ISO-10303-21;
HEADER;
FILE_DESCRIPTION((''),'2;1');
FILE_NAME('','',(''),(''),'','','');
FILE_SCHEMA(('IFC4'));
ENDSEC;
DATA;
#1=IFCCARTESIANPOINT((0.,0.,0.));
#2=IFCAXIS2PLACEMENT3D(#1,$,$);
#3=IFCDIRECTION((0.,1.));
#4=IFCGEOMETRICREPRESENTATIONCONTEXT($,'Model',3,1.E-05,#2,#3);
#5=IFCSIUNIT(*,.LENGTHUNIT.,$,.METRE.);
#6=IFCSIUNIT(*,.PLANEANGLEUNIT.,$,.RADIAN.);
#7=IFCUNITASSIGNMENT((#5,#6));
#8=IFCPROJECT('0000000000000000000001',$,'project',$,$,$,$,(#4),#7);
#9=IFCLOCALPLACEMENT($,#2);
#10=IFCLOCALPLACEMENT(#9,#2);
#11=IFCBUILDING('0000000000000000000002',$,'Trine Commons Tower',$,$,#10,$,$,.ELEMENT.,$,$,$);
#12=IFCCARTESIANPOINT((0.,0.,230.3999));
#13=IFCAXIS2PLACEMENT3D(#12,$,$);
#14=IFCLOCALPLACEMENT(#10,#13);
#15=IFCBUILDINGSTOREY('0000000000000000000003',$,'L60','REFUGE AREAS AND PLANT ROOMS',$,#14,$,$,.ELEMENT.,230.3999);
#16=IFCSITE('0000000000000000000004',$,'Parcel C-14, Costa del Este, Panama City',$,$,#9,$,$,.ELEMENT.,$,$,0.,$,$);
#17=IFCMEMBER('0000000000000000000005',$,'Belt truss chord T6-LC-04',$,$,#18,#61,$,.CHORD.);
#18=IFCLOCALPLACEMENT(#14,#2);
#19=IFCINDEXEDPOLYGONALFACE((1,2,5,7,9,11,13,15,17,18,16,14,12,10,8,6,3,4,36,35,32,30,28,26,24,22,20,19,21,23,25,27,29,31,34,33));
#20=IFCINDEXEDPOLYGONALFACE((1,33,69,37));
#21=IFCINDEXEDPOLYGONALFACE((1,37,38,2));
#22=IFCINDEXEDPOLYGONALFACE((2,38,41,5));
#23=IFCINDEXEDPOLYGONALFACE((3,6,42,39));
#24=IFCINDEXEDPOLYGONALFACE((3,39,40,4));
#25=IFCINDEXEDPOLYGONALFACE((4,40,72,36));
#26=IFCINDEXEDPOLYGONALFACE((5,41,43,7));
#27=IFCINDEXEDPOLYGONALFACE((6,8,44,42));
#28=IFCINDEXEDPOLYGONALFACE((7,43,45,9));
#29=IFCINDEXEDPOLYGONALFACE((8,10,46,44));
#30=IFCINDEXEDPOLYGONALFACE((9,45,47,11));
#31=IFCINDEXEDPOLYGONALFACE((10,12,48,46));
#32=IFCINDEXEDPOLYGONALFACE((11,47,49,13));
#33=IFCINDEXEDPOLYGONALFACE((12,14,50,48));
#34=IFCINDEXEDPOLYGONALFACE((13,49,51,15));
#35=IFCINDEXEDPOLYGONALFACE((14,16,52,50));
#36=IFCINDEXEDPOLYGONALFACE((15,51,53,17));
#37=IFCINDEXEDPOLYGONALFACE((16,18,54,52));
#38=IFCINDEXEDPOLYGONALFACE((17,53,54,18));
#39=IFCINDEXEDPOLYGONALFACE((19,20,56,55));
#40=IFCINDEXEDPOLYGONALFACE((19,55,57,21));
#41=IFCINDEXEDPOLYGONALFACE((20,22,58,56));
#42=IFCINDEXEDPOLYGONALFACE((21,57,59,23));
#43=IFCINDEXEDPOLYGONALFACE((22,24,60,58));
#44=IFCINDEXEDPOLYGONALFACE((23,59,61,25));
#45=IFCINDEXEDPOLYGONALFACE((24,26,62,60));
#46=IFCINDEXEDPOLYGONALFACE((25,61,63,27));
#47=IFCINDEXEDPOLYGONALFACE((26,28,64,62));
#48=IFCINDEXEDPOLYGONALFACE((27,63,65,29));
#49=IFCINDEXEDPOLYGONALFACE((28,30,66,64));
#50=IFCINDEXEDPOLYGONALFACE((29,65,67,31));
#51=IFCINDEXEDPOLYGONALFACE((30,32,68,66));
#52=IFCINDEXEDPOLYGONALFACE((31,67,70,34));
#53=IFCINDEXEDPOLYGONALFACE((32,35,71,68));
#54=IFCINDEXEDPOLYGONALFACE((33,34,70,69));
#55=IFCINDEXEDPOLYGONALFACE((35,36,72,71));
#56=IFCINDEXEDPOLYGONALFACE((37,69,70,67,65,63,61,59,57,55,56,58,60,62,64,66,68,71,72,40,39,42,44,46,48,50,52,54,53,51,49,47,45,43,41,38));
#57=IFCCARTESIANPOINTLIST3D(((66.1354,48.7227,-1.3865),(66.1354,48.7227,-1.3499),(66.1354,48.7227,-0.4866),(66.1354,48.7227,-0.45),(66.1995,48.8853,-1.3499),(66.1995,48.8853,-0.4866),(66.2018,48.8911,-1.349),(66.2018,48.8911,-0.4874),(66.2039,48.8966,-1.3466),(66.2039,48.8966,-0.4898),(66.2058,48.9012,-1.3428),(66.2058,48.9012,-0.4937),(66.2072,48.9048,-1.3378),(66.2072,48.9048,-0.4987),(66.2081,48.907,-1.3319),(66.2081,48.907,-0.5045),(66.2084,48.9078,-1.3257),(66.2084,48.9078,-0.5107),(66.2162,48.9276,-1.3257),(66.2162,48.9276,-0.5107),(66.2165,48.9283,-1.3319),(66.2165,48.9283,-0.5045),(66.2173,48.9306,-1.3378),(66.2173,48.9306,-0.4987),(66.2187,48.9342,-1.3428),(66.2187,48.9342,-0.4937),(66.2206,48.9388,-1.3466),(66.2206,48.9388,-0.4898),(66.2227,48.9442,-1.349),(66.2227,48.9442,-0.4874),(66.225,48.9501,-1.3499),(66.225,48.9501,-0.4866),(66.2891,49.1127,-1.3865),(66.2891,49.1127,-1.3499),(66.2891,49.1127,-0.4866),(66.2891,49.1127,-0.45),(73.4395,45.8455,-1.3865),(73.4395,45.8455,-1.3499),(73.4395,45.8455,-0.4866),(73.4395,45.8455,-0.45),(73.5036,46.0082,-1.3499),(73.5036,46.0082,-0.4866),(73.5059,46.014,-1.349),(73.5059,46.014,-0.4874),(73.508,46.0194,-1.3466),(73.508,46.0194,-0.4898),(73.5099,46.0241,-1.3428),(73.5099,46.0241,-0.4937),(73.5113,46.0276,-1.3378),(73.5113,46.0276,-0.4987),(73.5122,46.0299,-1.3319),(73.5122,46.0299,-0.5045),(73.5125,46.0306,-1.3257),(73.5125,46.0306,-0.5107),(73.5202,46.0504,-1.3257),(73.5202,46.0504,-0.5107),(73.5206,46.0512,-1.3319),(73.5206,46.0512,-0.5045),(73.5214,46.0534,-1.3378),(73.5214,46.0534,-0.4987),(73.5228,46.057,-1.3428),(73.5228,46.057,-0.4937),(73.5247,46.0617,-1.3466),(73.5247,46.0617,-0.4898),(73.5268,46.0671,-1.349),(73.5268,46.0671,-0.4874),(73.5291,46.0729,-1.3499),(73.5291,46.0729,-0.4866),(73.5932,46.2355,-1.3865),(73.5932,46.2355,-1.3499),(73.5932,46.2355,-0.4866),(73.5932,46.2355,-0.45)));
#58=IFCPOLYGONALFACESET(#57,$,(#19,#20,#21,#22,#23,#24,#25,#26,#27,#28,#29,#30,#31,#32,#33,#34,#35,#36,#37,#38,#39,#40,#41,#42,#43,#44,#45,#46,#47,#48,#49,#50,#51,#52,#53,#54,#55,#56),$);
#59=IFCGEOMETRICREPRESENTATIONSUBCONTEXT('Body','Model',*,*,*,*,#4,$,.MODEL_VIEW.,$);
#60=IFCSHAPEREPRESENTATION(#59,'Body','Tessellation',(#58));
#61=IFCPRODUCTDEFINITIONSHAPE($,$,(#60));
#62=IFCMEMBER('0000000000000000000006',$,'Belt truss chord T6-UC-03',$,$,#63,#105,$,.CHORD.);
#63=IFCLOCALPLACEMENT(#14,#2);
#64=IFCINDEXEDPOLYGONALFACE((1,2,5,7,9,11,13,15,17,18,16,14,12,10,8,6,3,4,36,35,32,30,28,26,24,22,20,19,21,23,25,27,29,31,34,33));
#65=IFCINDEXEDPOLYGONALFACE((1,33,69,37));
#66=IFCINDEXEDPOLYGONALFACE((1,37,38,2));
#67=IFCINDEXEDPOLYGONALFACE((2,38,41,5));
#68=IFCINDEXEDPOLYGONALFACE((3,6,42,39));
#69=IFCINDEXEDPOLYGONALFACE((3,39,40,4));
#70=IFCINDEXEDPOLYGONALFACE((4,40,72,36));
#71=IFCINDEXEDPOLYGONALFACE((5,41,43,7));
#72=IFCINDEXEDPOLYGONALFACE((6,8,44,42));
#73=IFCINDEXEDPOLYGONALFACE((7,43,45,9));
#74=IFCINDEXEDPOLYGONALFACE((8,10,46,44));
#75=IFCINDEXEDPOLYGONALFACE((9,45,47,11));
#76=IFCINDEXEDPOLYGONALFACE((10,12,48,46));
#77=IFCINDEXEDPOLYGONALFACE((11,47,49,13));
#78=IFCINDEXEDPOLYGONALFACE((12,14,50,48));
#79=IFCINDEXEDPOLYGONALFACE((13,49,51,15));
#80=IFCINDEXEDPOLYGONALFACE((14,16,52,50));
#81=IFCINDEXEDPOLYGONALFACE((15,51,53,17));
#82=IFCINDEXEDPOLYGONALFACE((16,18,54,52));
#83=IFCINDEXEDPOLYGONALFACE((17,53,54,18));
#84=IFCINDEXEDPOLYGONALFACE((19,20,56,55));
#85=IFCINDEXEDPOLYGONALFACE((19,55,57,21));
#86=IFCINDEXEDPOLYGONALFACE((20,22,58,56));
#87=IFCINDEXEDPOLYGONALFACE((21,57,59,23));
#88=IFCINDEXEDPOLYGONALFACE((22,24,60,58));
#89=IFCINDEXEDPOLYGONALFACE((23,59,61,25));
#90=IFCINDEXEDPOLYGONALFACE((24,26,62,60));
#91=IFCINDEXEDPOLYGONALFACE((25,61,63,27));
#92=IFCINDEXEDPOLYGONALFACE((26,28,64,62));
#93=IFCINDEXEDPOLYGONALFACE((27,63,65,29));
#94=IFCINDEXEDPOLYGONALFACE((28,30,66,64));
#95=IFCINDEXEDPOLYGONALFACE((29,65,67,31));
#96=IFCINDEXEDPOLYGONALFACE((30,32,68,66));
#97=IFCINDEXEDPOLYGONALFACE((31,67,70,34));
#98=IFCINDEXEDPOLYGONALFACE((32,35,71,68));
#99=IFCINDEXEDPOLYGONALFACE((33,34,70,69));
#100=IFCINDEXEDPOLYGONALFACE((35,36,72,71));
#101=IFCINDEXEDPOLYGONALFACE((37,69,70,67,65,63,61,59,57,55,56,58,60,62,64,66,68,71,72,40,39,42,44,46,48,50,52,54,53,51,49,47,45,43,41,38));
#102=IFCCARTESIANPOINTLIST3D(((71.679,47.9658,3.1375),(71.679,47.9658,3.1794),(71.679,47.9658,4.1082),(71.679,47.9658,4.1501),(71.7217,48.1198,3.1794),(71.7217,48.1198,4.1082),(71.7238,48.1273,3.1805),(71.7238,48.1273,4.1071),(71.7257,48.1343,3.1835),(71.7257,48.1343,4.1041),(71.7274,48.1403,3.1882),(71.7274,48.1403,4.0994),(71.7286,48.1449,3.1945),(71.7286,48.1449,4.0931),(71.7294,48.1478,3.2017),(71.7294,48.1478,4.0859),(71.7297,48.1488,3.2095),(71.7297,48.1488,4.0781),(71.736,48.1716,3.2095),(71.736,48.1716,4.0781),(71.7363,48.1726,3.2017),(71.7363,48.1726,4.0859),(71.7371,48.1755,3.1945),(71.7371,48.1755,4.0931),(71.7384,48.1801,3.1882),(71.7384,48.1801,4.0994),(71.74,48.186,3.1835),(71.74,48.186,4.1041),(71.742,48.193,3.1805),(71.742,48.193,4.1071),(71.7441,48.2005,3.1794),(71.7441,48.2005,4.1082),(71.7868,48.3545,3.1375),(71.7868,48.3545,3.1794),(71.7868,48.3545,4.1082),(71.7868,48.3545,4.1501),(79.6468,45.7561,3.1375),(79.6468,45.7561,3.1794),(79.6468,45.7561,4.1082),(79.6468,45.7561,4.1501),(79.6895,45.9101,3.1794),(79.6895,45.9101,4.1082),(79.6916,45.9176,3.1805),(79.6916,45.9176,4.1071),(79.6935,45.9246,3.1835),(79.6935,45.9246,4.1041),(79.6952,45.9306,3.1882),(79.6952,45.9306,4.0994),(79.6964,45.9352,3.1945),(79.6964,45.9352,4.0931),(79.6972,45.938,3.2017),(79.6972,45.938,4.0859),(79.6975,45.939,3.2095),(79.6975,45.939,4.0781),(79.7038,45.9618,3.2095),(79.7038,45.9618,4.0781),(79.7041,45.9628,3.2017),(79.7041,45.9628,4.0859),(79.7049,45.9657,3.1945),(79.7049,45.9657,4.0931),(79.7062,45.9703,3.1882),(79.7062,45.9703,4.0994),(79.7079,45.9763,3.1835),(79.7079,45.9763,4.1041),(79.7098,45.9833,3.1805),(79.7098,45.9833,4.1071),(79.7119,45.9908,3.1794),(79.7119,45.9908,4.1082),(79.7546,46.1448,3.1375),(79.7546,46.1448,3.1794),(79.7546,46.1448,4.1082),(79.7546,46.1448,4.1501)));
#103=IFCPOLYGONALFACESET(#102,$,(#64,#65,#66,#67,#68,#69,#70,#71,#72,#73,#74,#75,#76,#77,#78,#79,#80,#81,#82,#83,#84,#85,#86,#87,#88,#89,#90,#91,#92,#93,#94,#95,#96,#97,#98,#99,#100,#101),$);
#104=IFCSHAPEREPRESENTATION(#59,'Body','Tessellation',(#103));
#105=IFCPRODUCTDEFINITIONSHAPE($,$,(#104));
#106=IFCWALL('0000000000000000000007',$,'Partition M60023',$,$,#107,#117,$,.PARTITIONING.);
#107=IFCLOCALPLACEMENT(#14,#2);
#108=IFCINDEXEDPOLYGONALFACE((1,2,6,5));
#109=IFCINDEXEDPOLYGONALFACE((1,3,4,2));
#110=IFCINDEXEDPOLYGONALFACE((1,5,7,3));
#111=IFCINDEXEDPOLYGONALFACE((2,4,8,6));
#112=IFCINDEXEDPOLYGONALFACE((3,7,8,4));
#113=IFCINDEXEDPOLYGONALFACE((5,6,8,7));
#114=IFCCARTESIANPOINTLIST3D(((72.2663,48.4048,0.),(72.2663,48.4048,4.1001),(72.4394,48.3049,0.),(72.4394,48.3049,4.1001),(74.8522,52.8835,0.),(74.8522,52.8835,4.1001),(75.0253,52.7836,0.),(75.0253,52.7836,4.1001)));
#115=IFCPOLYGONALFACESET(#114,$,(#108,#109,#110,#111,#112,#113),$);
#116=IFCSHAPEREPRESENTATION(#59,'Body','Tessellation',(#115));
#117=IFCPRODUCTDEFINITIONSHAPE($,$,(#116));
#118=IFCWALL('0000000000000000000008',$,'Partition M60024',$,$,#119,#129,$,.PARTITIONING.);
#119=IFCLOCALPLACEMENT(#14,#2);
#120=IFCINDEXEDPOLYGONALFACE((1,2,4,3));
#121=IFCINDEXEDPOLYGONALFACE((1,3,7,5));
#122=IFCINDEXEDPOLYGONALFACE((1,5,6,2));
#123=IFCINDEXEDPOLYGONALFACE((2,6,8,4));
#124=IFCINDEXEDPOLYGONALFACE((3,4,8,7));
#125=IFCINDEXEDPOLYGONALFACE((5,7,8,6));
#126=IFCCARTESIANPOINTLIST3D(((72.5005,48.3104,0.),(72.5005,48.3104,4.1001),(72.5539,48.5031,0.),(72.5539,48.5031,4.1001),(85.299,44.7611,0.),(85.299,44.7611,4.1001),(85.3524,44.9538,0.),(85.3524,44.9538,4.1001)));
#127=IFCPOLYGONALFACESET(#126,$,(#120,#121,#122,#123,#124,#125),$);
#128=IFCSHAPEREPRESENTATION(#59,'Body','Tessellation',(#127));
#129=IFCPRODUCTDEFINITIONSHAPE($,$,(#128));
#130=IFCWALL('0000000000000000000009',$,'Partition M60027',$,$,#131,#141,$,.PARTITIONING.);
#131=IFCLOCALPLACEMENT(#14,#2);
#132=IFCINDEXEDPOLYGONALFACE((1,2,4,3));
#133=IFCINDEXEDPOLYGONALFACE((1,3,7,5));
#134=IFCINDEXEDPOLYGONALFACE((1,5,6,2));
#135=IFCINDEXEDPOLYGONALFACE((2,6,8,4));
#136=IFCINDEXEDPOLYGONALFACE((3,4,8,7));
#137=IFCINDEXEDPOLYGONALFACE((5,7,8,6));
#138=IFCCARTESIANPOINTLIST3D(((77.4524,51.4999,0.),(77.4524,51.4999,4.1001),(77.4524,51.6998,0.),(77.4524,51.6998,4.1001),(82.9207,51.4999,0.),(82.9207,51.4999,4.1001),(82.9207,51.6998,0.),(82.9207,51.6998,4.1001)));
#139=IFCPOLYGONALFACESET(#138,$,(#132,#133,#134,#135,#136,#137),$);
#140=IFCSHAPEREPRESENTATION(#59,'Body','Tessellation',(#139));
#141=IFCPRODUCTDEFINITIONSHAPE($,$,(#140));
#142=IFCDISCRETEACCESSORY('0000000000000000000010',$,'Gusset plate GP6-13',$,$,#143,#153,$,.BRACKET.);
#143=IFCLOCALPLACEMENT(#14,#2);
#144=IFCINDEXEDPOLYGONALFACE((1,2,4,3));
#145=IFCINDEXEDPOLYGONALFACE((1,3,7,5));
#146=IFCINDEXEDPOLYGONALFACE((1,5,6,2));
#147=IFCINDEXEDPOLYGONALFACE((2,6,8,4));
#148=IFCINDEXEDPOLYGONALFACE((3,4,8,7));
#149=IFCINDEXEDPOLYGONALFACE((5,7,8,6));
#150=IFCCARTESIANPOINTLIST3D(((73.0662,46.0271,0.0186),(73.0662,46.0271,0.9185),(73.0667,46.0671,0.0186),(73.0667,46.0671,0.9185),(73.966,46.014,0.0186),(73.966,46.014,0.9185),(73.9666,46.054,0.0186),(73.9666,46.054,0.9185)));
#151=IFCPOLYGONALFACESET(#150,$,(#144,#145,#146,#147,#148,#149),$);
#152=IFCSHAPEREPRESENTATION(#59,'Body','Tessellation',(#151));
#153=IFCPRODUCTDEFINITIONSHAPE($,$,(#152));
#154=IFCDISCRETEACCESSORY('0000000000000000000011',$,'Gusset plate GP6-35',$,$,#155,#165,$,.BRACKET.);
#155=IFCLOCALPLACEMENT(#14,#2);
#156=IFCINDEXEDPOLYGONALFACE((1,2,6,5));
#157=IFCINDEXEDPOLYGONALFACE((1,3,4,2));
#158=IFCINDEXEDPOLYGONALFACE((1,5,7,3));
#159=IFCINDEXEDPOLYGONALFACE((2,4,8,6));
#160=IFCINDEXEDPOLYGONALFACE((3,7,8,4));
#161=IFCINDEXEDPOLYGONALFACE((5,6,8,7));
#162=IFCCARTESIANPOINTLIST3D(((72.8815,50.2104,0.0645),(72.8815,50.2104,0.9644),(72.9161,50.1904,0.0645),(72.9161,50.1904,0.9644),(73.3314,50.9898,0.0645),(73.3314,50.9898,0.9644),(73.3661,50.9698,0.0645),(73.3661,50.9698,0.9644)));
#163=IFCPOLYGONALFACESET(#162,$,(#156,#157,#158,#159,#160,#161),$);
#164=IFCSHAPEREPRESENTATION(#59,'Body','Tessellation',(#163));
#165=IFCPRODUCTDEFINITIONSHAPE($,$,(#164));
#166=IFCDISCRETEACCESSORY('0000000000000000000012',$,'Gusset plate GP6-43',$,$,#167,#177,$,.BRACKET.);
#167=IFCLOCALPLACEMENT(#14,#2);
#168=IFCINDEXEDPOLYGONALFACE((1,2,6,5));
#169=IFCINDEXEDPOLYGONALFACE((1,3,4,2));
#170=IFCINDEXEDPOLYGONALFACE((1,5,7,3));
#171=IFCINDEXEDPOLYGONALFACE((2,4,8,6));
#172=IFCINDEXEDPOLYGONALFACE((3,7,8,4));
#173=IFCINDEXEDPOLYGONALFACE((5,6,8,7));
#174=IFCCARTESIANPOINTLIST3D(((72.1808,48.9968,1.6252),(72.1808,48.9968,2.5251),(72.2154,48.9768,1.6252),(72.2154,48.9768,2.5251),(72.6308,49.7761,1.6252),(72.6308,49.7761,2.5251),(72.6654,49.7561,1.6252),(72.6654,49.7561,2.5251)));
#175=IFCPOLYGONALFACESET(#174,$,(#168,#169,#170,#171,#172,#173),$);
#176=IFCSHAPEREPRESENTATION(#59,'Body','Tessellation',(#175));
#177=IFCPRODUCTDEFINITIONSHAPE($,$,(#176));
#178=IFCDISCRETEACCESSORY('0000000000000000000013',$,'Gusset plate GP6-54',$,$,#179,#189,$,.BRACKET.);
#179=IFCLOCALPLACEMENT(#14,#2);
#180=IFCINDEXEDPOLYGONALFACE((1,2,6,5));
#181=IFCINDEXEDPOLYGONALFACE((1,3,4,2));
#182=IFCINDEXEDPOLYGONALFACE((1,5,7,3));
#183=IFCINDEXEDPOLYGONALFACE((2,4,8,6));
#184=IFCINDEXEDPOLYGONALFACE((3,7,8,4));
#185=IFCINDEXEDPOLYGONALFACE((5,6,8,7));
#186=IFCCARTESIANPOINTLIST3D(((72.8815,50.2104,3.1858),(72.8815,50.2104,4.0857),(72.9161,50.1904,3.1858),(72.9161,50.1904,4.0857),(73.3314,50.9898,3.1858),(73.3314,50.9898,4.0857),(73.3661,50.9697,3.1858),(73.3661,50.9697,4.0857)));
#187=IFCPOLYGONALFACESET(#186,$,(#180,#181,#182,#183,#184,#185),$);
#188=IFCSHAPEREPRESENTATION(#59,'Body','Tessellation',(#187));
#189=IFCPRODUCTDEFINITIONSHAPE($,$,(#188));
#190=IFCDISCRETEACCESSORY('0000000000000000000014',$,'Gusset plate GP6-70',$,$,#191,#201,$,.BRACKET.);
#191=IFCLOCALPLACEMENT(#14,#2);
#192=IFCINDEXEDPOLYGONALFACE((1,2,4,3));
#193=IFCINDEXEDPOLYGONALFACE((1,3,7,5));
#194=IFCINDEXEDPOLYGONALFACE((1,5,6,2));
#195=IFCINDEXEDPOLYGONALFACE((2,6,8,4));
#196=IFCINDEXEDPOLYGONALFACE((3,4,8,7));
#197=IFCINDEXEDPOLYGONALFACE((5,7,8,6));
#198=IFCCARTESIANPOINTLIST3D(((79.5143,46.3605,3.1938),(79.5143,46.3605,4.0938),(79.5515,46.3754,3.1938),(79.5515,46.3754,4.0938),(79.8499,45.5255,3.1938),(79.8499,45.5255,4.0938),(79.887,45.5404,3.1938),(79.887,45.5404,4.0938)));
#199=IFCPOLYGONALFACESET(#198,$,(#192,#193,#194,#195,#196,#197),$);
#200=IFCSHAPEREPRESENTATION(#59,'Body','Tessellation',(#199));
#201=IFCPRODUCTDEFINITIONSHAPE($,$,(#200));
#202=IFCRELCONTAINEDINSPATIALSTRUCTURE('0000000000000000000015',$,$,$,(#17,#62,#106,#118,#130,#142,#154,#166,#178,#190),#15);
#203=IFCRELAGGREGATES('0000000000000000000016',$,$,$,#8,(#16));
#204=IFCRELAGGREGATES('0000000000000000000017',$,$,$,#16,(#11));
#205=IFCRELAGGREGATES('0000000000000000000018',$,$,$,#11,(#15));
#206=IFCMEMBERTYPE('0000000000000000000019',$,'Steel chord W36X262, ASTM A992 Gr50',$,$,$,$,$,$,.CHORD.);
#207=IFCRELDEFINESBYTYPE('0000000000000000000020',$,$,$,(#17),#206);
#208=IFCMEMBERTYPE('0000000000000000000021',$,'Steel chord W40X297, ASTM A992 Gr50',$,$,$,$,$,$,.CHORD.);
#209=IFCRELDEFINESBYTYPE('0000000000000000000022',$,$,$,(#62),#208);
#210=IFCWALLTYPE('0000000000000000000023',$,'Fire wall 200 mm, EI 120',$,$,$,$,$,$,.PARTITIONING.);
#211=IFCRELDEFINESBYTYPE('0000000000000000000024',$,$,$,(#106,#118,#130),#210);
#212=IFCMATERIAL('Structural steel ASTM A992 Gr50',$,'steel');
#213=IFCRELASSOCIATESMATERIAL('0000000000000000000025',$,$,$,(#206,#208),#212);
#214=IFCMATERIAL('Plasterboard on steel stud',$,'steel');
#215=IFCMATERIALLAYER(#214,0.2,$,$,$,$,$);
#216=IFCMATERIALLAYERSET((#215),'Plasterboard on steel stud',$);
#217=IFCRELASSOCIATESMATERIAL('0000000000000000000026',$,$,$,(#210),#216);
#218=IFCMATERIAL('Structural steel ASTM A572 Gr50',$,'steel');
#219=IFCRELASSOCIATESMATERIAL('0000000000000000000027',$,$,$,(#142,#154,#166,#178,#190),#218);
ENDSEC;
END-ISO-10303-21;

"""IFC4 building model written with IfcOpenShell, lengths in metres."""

from ifc_helpers import new_model, si_unit, direction, frame, frame_2d, origin, origin_2d, place, context, subcontext, project, spatial, rectangle, i_section, extrude, material, layer, layer_set, material_profile, profile_set, type_object, element, save


model = new_model("IFC4")

# Units and contexts
model_context = context("Model", 3, precision=1e-05, world=origin(), true_north=direction((0.0, 1.0)))
body_context = subcontext(model_context, "Body", "Model", "MODEL_VIEW")
ifc_project = project(units=[si_unit("LENGTHUNIT", "METRE"), si_unit("PLANEANGLEUNIT", "RADIAN")], contexts=[model_context])

# Site, building, storey
site_placement = place(None, origin())
site = spatial("IfcSite", under=ifc_project, at=site_placement, Name="Parcel C-14, Costa del Este, Panama City", CompositionType="ELEMENT", RefElevation=0.0)
building_placement = place(site_placement, origin())
building = spatial("IfcBuilding", under=site, at=building_placement, Name="Trine Commons Tower", CompositionType="ELEMENT")
storey_placement = place(building_placement, frame((0.0, 0.0, 230.3999)))
storey = spatial("IfcBuildingStorey", under=building, at=storey_placement, Name="L60", Description="REFUGE AREAS AND PLANT ROOMS", CompositionType="ELEMENT", Elevation=230.3999)

# Members
ifc_material_1 = material(Name="Structural steel ASTM A992 Gr50", Category="steel")
ifc_material_profile_1 = material_profile(ifc_material_1, i_section(OverallWidth=0.4192, OverallDepth=0.9365, WebThickness=0.0212, FlangeThickness=0.0366, FilletRadius=0.0242, at=origin_2d()), Name="W36X262")
ifc_profile_set_1 = profile_set([ifc_material_profile_1], Name="Structural steel ASTM A992 Gr50")
member_type_1 = type_object("IfcMemberType", Name="Steel chord W36X262, ASTM A992 Gr50", PredefinedType="CHORD", material=ifc_profile_set_1)
member_1_placement = place(storey_placement, frame((73.5164, 46.0405, -0.9182), z_axis=(-0.930418, 0.366501, 0.0), x_axis=(-0.366501, -0.930418, 0.0)))
element("IfcMember", 1, at=member_1_placement, inside=storey, type_object=member_type_1, Name="Belt truss chord T6-LC-04", PredefinedType="CHORD", context=body_context, shape_type="SweptSolid", body=[
    extrude(i_section(OverallWidth=0.4192, OverallDepth=0.9365, WebThickness=0.0212, FlangeThickness=0.0366, FilletRadius=0.0242, at=origin_2d()), origin(), (0.0, 0.0, 1.0), 7.8503),
])
ifc_material_profile_2 = material_profile(ifc_material_1, i_section(OverallWidth=0.4033, OverallDepth=1.0127, WebThickness=0.0237, FlangeThickness=0.042, FilletRadius=0.03, at=origin_2d()), Name="W40X297")
ifc_profile_set_2 = profile_set([ifc_material_profile_2], Name="Structural steel ASTM A992 Gr50")
member_type_2 = type_object("IfcMemberType", Name="Steel chord W40X297, ASTM A992 Gr50", PredefinedType="CHORD", material=ifc_profile_set_2)
member_2_placement = place(storey_placement, frame((79.7007, 45.9504, 3.6438), z_axis=(-0.963629, 0.267245, 0.0), x_axis=(-0.267245, -0.963629, 0.0)))
element("IfcMember", 2, at=member_2_placement, inside=storey, type_object=member_type_2, Name="Belt truss chord T6-UC-03", PredefinedType="CHORD", context=body_context, shape_type="SweptSolid", body=[
    extrude(i_section(OverallWidth=0.4033, OverallDepth=1.0127, WebThickness=0.0237, FlangeThickness=0.042, FilletRadius=0.03, at=origin_2d()), origin(), (0.0, 0.0, 1.0), 8.2686),
])

# Walls
ifc_material_2 = material(Name="Plasterboard on steel stud", Category="steel")
ifc_layer = layer(ifc_material_2, 0.2)
ifc_layer_set = layer_set([ifc_layer], Name="Plasterboard on steel stud")
wall_type = type_object("IfcWallType", Name="Fire wall 200 mm, EI 120", PredefinedType="PARTITIONING", material=ifc_layer_set)
wall_1_placement = place(storey_placement, frame((72.3528, 48.3547, 0.0), z_axis=(0.0, 0.0, 1.0), x_axis=(0.500018, 0.866015, 0.0)))
element("IfcWall", 3, at=wall_1_placement, inside=storey, type_object=wall_type, Name="Partition M60023", PredefinedType="PARTITIONING", context=body_context, shape_type="SweptSolid", body=[
    extrude(rectangle(XDim=5.1716, YDim=0.2, at=frame_2d((2.5859, 0.0))), origin(), (0.0, 0.0, 1.0), 4.1001),
])
wall_2_placement = place(storey_placement, frame((72.5273, 48.4067, 0.0), z_axis=(0.0, 0.0, 1.0), x_axis=(0.96363, -0.26724, 0.0)))
element("IfcWall", 4, at=wall_2_placement, inside=storey, type_object=wall_type, Name="Partition M60024", PredefinedType="PARTITIONING", context=body_context, shape_type="SweptSolid", body=[
    extrude(rectangle(XDim=13.2815, YDim=0.2, at=frame_2d((6.6406, 0.0))), origin(), (0.0, 0.0, 1.0), 4.1001),
])
wall_3_placement = place(storey_placement, frame((77.4524, 51.5999, 0.0), z_axis=(0.0, 0.0, 1.0), x_axis=(1.0, 0.0, 0.0)))
element("IfcWall", 5, at=wall_3_placement, inside=storey, type_object=wall_type, Name="Partition M60027", PredefinedType="PARTITIONING", context=body_context, shape_type="SweptSolid", body=[
    extrude(rectangle(XDim=5.4683, YDim=0.2, at=frame_2d((2.7341, 0.0))), origin(), (0.0, 0.0, 1.0), 4.1001),
])

# Discrete accessories
ifc_material_3 = material(Name="Structural steel ASTM A572 Gr50", Category="steel")
for number, where, z_axis, x_axis, name in (
    (6, (73.5164, 46.0405, 0.0186), (0.0, 0.0, 1.0), (0.999894, -0.014573, 0.0), "Gusset plate GP6-13"),
    (7, (73.1238, 50.5901, 0.0645), (0.0, 0.0, 1.0), (-0.499985, -0.866034, 0.0), "Gusset plate GP6-35"),
    (8, (72.4231, 49.3765, 1.6252), (0.0, 0.0, 1.0), (-0.500045, -0.865999, 0.0), "Gusset plate GP6-43"),
    (9, (73.1238, 50.5901, 3.1858), (0.0, 0.0, 1.0), (-0.5, -0.866025, 0.0), "Gusset plate GP6-54"),
    (10, (79.7007, 45.9504, 3.1938), (0.0, 0.0, 1.0), (-0.372858, 0.927888, 0.0), "Gusset plate GP6-70"),
):
    element("IfcDiscreteAccessory", number, at=place(storey_placement, frame(where, z_axis=z_axis, x_axis=x_axis)), inside=storey, material=ifc_material_3, Name=name, PredefinedType="BRACKET", context=body_context, shape_type="SweptSolid", body=[
        extrude(rectangle(XDim=0.8999, YDim=0.04, at=origin_2d()), origin(), (0.0, 0.0, 1.0), 0.8999),
    ])

save(model, "model.ifc")
